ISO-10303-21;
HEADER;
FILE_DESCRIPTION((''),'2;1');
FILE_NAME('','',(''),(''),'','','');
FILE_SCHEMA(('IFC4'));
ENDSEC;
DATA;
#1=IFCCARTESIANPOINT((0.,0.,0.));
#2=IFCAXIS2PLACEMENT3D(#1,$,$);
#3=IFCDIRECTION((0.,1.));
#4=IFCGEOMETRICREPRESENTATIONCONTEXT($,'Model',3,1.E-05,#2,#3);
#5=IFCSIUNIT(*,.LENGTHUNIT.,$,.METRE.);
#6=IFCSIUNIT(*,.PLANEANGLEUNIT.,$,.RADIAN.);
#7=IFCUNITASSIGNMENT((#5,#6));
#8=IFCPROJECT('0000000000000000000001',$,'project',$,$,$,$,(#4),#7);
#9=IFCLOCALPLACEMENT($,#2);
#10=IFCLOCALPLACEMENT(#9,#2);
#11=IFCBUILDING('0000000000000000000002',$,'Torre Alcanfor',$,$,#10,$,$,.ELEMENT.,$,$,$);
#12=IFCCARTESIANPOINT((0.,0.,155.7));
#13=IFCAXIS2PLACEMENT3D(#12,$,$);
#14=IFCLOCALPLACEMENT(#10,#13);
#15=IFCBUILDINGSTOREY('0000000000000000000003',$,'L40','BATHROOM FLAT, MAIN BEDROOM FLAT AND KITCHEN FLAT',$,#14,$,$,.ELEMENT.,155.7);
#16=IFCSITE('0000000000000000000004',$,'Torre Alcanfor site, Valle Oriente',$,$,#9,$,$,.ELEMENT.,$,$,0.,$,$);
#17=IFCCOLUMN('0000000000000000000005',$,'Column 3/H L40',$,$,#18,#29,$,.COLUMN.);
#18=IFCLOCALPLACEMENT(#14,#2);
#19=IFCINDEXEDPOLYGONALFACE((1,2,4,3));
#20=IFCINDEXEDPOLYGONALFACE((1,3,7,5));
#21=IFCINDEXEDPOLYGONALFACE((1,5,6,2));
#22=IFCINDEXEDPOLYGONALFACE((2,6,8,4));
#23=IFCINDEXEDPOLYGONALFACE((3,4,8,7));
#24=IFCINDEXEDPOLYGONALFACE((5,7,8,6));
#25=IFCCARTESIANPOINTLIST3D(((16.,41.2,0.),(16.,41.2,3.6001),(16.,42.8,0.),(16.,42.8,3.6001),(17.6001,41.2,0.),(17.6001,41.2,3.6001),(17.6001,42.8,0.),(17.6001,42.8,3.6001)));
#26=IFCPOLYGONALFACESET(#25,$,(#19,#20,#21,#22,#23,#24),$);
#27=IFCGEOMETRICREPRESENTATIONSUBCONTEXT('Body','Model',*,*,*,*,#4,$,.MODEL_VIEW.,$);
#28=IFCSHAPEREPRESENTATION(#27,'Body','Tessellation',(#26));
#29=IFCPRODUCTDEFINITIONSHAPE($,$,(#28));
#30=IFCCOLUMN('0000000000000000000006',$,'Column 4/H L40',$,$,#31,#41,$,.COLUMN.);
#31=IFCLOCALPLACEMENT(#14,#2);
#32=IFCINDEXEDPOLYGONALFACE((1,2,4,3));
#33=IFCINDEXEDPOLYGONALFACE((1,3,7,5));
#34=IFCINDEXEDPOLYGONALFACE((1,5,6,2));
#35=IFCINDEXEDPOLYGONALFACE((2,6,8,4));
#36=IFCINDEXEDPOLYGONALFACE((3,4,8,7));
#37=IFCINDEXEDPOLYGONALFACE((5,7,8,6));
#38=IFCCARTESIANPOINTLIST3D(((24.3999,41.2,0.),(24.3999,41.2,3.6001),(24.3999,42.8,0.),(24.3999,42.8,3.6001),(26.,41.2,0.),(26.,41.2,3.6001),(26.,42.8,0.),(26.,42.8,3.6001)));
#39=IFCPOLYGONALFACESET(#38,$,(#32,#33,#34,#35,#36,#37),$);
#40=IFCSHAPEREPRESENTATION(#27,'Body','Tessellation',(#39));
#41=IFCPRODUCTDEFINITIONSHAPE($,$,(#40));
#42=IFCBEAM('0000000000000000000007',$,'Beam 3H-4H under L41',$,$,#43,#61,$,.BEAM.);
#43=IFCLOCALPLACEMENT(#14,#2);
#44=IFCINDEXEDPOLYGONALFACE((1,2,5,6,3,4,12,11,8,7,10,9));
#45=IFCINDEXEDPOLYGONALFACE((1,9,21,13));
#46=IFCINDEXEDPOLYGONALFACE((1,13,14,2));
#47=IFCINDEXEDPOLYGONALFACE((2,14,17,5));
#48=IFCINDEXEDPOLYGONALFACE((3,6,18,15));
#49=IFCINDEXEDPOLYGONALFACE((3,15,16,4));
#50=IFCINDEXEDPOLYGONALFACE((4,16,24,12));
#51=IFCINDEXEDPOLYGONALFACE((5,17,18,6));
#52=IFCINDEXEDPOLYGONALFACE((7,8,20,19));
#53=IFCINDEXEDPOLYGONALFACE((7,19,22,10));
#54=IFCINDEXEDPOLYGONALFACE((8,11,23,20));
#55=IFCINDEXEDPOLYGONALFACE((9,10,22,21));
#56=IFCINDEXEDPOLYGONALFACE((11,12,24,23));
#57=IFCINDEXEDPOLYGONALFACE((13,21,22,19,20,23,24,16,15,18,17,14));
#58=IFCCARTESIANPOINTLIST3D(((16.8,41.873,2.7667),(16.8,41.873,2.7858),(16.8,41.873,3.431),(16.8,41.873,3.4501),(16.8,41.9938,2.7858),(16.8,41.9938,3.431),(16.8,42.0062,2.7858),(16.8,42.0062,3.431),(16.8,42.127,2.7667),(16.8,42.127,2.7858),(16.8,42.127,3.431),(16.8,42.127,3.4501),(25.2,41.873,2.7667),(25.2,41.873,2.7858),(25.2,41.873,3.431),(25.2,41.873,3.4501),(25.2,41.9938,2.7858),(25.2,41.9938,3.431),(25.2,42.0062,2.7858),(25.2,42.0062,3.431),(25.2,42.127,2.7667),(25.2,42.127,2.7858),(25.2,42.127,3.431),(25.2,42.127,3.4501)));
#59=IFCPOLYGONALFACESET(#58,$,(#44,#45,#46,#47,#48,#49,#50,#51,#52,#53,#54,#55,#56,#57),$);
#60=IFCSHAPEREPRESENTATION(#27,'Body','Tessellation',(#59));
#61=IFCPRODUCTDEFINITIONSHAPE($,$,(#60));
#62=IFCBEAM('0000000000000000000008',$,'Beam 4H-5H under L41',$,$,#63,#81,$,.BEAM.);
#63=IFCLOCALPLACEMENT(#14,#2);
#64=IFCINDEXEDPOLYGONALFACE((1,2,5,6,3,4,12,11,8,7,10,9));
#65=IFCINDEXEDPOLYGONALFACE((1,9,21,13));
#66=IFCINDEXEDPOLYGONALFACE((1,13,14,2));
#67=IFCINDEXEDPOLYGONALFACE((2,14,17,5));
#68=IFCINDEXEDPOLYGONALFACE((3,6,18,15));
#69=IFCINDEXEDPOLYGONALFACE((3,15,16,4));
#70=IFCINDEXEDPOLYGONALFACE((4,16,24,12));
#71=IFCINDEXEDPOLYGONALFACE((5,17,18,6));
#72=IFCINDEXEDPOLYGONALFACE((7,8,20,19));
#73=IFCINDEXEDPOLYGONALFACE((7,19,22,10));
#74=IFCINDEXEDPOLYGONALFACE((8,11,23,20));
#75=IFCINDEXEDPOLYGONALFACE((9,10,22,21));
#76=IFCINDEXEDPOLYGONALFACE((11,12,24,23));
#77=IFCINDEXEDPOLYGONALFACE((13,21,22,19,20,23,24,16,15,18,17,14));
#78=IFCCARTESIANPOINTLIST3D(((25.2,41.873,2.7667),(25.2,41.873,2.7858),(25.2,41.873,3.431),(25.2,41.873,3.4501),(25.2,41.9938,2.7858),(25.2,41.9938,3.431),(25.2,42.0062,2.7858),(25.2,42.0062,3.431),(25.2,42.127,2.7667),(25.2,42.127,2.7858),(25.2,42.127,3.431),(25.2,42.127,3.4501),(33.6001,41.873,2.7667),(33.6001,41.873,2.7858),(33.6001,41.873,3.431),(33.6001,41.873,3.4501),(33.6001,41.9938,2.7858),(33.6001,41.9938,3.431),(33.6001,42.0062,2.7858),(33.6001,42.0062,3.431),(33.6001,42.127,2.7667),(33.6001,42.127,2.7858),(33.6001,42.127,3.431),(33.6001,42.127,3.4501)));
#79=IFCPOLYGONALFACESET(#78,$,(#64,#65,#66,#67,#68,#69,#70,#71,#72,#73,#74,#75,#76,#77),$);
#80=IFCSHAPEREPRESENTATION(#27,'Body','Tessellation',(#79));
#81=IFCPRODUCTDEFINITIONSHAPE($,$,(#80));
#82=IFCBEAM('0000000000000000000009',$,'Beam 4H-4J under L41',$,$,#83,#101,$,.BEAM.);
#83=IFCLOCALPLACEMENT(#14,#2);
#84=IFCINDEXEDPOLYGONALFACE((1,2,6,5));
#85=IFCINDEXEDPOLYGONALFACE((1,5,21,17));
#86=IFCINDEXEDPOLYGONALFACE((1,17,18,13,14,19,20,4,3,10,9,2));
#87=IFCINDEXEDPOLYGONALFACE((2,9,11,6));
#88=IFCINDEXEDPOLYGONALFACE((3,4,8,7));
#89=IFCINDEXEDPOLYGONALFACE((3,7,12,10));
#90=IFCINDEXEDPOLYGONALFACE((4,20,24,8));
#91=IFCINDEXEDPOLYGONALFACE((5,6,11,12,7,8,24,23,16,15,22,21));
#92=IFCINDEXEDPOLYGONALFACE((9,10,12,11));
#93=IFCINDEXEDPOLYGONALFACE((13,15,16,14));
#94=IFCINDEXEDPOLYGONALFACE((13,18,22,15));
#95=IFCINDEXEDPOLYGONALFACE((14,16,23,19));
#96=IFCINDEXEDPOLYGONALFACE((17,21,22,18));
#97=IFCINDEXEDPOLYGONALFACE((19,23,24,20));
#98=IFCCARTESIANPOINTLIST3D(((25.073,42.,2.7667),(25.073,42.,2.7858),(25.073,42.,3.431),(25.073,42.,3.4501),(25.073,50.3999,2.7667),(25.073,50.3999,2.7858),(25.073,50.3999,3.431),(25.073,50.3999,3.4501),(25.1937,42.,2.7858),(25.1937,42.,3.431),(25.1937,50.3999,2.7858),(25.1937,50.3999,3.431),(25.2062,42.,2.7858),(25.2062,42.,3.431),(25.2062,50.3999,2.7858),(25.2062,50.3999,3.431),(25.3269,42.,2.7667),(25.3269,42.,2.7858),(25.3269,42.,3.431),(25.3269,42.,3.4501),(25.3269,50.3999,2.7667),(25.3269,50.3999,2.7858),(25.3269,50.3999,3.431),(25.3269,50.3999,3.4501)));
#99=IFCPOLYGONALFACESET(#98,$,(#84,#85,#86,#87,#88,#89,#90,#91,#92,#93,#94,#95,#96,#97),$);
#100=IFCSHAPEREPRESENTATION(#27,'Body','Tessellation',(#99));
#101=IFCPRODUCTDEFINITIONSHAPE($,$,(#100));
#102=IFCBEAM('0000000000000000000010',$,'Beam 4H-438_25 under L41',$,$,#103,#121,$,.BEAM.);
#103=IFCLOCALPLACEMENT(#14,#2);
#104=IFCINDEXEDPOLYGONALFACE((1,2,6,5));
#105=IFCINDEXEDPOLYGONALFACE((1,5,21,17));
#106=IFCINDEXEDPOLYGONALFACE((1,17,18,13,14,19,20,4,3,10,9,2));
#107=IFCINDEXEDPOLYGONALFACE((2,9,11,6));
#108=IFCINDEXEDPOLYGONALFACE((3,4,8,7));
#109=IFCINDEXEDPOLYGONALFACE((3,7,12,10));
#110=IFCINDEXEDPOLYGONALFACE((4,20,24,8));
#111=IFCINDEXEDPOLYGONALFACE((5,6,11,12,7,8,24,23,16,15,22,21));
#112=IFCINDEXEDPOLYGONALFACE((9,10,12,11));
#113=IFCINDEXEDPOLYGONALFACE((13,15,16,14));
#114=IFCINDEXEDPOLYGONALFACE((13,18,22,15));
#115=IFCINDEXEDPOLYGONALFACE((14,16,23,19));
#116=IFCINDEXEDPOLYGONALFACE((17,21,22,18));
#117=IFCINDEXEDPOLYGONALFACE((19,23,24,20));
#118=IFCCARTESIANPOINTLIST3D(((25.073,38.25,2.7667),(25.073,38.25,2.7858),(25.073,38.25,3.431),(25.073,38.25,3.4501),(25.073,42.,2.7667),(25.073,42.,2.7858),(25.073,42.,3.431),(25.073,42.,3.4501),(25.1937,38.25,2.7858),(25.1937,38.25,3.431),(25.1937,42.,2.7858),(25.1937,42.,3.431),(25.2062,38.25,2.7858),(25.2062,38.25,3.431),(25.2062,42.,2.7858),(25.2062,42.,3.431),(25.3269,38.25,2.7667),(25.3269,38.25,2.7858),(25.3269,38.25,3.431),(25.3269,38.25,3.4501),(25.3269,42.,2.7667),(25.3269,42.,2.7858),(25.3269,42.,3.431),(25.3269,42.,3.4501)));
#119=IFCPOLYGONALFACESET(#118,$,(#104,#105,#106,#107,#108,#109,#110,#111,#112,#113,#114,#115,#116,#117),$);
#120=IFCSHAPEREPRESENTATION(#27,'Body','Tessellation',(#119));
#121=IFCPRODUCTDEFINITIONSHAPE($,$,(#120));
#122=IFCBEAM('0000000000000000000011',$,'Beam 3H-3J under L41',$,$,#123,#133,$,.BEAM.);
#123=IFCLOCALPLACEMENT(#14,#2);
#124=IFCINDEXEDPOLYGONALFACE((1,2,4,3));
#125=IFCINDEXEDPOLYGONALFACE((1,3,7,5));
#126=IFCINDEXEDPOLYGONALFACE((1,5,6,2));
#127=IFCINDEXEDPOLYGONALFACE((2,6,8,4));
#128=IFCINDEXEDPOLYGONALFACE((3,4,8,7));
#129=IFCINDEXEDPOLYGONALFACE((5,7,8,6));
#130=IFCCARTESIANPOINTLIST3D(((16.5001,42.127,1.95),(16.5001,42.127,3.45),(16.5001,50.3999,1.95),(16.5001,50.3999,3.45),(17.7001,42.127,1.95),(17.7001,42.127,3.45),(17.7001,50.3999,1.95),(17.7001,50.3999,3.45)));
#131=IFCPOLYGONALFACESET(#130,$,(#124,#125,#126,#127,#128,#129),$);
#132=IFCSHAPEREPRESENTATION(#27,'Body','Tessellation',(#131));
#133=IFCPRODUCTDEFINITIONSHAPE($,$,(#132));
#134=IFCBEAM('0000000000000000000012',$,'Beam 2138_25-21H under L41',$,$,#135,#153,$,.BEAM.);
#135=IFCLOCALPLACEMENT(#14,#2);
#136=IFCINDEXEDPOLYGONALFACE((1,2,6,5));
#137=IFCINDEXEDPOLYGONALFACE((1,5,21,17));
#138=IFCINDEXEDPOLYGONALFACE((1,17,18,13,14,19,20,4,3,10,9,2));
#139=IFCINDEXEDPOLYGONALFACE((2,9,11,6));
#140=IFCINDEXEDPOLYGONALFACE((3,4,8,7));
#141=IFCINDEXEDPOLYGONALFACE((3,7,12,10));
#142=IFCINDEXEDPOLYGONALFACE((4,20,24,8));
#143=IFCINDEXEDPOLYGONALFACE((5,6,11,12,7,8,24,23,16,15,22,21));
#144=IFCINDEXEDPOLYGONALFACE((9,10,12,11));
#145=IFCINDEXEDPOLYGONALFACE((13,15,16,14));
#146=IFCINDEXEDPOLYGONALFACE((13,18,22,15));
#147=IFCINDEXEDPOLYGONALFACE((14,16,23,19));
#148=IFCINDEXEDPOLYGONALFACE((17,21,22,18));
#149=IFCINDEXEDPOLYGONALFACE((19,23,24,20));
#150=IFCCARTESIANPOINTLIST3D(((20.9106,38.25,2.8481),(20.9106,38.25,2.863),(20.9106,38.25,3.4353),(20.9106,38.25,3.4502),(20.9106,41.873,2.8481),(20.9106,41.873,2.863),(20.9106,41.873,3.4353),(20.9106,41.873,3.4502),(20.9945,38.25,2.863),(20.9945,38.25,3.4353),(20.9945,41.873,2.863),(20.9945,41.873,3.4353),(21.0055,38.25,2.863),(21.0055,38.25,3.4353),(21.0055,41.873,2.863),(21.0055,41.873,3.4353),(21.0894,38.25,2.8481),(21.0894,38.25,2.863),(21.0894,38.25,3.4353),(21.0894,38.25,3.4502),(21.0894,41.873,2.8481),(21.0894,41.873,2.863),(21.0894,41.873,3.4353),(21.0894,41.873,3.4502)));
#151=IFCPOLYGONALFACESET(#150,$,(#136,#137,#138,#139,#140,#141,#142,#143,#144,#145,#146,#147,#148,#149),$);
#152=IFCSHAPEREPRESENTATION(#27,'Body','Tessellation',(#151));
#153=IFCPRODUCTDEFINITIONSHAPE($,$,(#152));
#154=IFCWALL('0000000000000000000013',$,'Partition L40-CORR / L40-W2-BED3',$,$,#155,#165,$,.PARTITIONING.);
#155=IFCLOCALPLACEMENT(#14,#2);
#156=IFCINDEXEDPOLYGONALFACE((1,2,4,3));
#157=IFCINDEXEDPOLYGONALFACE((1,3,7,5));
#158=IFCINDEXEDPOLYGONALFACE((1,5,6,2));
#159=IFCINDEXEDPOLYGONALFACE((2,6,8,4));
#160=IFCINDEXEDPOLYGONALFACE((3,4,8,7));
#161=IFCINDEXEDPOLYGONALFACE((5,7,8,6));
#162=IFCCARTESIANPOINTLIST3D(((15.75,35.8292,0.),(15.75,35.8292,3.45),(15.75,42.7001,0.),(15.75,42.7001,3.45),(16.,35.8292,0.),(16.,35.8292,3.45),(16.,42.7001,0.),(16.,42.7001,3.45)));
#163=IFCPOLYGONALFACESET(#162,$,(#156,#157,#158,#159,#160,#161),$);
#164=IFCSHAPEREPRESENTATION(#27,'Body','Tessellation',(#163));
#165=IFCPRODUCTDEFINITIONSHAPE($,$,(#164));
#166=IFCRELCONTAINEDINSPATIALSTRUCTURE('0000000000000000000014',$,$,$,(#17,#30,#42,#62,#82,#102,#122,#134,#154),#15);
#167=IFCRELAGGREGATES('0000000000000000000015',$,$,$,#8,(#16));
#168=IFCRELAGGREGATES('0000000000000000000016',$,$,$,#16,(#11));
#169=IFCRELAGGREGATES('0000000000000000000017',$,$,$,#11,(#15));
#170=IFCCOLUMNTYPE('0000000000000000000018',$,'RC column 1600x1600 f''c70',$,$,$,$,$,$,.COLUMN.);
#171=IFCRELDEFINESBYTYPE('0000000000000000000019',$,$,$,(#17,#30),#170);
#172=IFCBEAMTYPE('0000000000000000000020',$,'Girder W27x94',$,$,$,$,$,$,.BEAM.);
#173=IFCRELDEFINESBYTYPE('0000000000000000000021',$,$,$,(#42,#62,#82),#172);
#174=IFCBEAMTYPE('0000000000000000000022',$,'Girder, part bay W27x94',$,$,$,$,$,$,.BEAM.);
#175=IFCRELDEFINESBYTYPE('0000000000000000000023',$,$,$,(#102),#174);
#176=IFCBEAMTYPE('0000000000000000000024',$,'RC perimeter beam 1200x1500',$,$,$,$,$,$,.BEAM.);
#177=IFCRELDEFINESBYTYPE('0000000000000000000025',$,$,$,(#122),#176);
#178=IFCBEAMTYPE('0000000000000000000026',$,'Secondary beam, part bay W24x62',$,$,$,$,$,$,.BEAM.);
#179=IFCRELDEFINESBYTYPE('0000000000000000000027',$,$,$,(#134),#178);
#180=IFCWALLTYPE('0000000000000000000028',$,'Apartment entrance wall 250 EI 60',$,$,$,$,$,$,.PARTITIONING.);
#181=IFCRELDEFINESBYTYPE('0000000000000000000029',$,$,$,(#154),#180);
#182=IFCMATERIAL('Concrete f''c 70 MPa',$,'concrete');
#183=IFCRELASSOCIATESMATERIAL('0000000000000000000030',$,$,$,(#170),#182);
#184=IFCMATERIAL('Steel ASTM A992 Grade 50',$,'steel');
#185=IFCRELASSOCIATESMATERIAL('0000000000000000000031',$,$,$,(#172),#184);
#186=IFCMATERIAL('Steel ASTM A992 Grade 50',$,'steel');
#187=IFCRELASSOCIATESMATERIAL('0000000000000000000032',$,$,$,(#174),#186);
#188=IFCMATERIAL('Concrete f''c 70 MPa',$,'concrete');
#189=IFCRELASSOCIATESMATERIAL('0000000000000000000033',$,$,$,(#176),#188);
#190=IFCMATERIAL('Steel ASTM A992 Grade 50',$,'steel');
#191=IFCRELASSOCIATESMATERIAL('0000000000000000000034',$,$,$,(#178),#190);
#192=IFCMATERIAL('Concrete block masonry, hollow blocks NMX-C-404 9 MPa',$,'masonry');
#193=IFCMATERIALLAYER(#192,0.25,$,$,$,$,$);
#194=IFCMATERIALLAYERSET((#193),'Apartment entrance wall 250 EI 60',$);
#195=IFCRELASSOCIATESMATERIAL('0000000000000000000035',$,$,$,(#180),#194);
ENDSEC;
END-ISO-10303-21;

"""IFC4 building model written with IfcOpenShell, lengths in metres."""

from ifc_helpers import new_model, si_unit, direction, frame, frame_2d, origin, origin_2d, place, context, subcontext, project, spatial, rectangle, i_section, extrude, material, layer, layer_set, material_profile, profile_set, type_object, element, save


model = new_model("IFC4")

# Units and contexts
model_context = context("Model", 3, precision=1e-05, world=origin(), true_north=direction((0.0, 1.0)))
body_context = subcontext(model_context, "Body", "Model", "MODEL_VIEW")
ifc_project = project(units=[si_unit("LENGTHUNIT", "METRE"), si_unit("PLANEANGLEUNIT", "RADIAN")], contexts=[model_context])

# Site, building, storey
site_placement = place(None, origin())
site = spatial("IfcSite", under=ifc_project, at=site_placement, Name="Torre Alcanfor site, Valle Oriente", CompositionType="ELEMENT", RefElevation=0.0)
building_placement = place(site_placement, origin())
building = spatial("IfcBuilding", under=site, at=building_placement, Name="Torre Alcanfor", CompositionType="ELEMENT")
storey_placement = place(building_placement, frame((0.0, 0.0, 155.7)))
storey = spatial("IfcBuildingStorey", under=building, at=storey_placement, Name="L40", Description="BATHROOM FLAT, MAIN BEDROOM FLAT AND KITCHEN FLAT", CompositionType="ELEMENT", Elevation=155.7)

# Columns
ifc_material_1 = material(Name="Concrete f'c 70 MPa", Category="concrete")
ifc_material_profile_1 = material_profile(ifc_material_1, rectangle(XDim=1.6001, YDim=1.6001, at=origin_2d()), Name="1600x1600")
ifc_profile_set_1 = profile_set([ifc_material_profile_1], Name="Concrete f'c 70 MPa")
column_type = type_object("IfcColumnType", Name="RC column 1600x1600 f'c70", PredefinedType="COLUMN", material=ifc_profile_set_1)
for number, where, z_axis, x_axis, name in (
    (1, (16.8, 42.0, 0.0), (0.0, 0.0, 1.0), (1.0, 0.0, 0.0), "Column 3/H L40"),
    (2, (25.2, 42.0, 0.0), (0.0, 0.0, 1.0), (1.0, 0.0, 0.0), "Column 4/H L40"),
):
    element("IfcColumn", number, at=place(storey_placement, frame(where, z_axis=z_axis, x_axis=x_axis)), inside=storey, type_object=column_type, Name=name, PredefinedType="COLUMN", context=body_context, shape_type="SweptSolid", body=[
        extrude(rectangle(XDim=1.6001, YDim=1.6001, at=origin_2d()), origin(), (0.0, 0.0, 1.0), 3.6001),
    ])

# Beams
ifc_material_2 = material(Name="Steel ASTM A992 Grade 50", Category="steel")
ifc_material_profile_2 = material_profile(ifc_material_2, i_section(OverallWidth=0.2539, OverallDepth=0.6833, WebThickness=0.0125, FlangeThickness=0.019, at=origin_2d()), Name="W27x94")
ifc_profile_set_2 = profile_set([ifc_material_profile_2], Name="Steel ASTM A992 Grade 50")
beam_type_1 = type_object("IfcBeamType", Name="Girder W27x94", PredefinedType="BEAM", material=ifc_profile_set_2)
beam_1_placement = place(storey_placement, frame((16.8, 42.0, 3.1084), z_axis=(1.0, 0.0, 0.0), x_axis=(0.0, 1.0, 0.0)))
element("IfcBeam", 3, at=beam_1_placement, inside=storey, type_object=beam_type_1, Name="Beam 3H-4H under L41", PredefinedType="BEAM", context=body_context, shape_type="SweptSolid", body=[
    extrude(i_section(OverallWidth=0.2539, OverallDepth=0.6833, WebThickness=0.0125, FlangeThickness=0.019, at=origin_2d()), origin(), (0.0, 0.0, 1.0), 8.3999),
])
beam_2_placement = place(storey_placement, frame((25.2, 42.0, 3.1084), z_axis=(1.0, 0.0, 0.0), x_axis=(0.0, 1.0, 0.0)))
element("IfcBeam", 4, at=beam_2_placement, inside=storey, type_object=beam_type_1, Name="Beam 4H-5H under L41", PredefinedType="BEAM", context=body_context, shape_type="SweptSolid", body=[
    extrude(i_section(OverallWidth=0.2539, OverallDepth=0.6833, WebThickness=0.0125, FlangeThickness=0.019, at=origin_2d()), origin(), (0.0, 0.0, 1.0), 8.4001),
])
beam_3_placement = place(storey_placement, frame((25.2, 42.0, 3.1084), z_axis=(0.0, 1.0, 0.0), x_axis=(-1.0, 0.0, 0.0)))
element("IfcBeam", 5, at=beam_3_placement, inside=storey, type_object=beam_type_1, Name="Beam 4H-4J under L41", PredefinedType="BEAM", context=body_context, shape_type="SweptSolid", body=[
    extrude(i_section(OverallWidth=0.2539, OverallDepth=0.6833, WebThickness=0.0125, FlangeThickness=0.019, at=origin_2d()), origin(), (0.0, 0.0, 1.0), 8.3999),
])
ifc_material_3 = material(Name="Steel ASTM A992 Grade 50", Category="steel")
ifc_material_profile_3 = material_profile(ifc_material_3, i_section(OverallWidth=0.2539, OverallDepth=0.6833, WebThickness=0.0125, FlangeThickness=0.019, at=origin_2d()), Name="W27x94")
ifc_profile_set_3 = profile_set([ifc_material_profile_3], Name="Steel ASTM A992 Grade 50")
beam_type_2 = type_object("IfcBeamType", Name="Girder, part bay W27x94", PredefinedType="BEAM", material=ifc_profile_set_3)
beam_4_placement = place(storey_placement, frame((25.2, 42.0, 3.1084), z_axis=(0.0, -1.0, 0.0), x_axis=(1.0, 0.0, 0.0)))
element("IfcBeam", 6, at=beam_4_placement, inside=storey, type_object=beam_type_2, Name="Beam 4H-438_25 under L41", PredefinedType="BEAM", context=body_context, shape_type="SweptSolid", body=[
    extrude(i_section(OverallWidth=0.2539, OverallDepth=0.6833, WebThickness=0.0125, FlangeThickness=0.019, at=origin_2d()), origin(), (0.0, 0.0, 1.0), 3.75),
])
ifc_material_4 = material(Name="Concrete f'c 70 MPa", Category="concrete")
ifc_material_profile_4 = material_profile(ifc_material_4, rectangle(XDim=1.2, YDim=1.5, at=origin_2d()), Name="1200x1500")
ifc_profile_set_4 = profile_set([ifc_material_profile_4], Name="Concrete f'c 70 MPa")
beam_type_3 = type_object("IfcBeamType", Name="RC perimeter beam 1200x1500", PredefinedType="BEAM", material=ifc_profile_set_4)
beam_5_placement = place(storey_placement, frame((17.1001, 42.127, 2.7), z_axis=(0.0, 1.0, 0.0), x_axis=(-1.0, 0.0, 0.0)))
element("IfcBeam", 7, at=beam_5_placement, inside=storey, type_object=beam_type_3, Name="Beam 3H-3J under L41", PredefinedType="BEAM", context=body_context, shape_type="SweptSolid", body=[
    extrude(rectangle(XDim=1.2, YDim=1.5, at=origin_2d()), origin(), (0.0, 0.0, 1.0), 8.2729),
])
ifc_material_5 = material(Name="Steel ASTM A992 Grade 50", Category="steel")
ifc_material_profile_5 = material_profile(ifc_material_5, i_section(OverallWidth=0.1787, OverallDepth=0.6021, WebThickness=0.011, FlangeThickness=0.0149, at=origin_2d()), Name="W24x62")
ifc_profile_set_5 = profile_set([ifc_material_profile_5], Name="Steel ASTM A992 Grade 50")
beam_type_4 = type_object("IfcBeamType", Name="Secondary beam, part bay W24x62", PredefinedType="BEAM", material=ifc_profile_set_5)
beam_6_placement = place(storey_placement, frame((21.0, 38.25, 3.1492), z_axis=(0.0, 1.0, 0.0), x_axis=(-1.0, 0.0, 0.0)))
element("IfcBeam", 8, at=beam_6_placement, inside=storey, type_object=beam_type_4, Name="Beam 2138_25-21H under L41", PredefinedType="BEAM", context=body_context, shape_type="SweptSolid", body=[
    extrude(i_section(OverallWidth=0.1787, OverallDepth=0.6021, WebThickness=0.011, FlangeThickness=0.0149, at=origin_2d()), origin(), (0.0, 0.0, 1.0), 3.623),
])

# Wall
ifc_material_6 = material(Name="Concrete block masonry, hollow blocks NMX-C-404 9 MPa", Category="masonry")
ifc_layer_1 = layer(ifc_material_6, 0.25)
ifc_layer_set_1 = layer_set([ifc_layer_1], Name="Apartment entrance wall 250 EI 60")
wall_type_1 = type_object("IfcWallType", Name="Apartment entrance wall 250 EI 60", PredefinedType="PARTITIONING", material=ifc_layer_set_1)
wall_1_placement = place(storey_placement, frame((15.875, 35.8291, 0.0), z_axis=(0.0, 0.0, 1.0), x_axis=(0.0, 1.0, 0.0)))
element("IfcWall", 9, at=wall_1_placement, inside=storey, type_object=wall_type_1, Name="Partition L40-CORR / L40-W2-BED3", PredefinedType="PARTITIONING", context=body_context, shape_type="SweptSolid", body=[
    extrude(rectangle(XDim=6.8708, YDim=0.25, at=frame_2d((3.4355, 0.0))), origin(), (0.0, 0.0, 1.0), 3.45),
])

save(model, "model.ifc")
